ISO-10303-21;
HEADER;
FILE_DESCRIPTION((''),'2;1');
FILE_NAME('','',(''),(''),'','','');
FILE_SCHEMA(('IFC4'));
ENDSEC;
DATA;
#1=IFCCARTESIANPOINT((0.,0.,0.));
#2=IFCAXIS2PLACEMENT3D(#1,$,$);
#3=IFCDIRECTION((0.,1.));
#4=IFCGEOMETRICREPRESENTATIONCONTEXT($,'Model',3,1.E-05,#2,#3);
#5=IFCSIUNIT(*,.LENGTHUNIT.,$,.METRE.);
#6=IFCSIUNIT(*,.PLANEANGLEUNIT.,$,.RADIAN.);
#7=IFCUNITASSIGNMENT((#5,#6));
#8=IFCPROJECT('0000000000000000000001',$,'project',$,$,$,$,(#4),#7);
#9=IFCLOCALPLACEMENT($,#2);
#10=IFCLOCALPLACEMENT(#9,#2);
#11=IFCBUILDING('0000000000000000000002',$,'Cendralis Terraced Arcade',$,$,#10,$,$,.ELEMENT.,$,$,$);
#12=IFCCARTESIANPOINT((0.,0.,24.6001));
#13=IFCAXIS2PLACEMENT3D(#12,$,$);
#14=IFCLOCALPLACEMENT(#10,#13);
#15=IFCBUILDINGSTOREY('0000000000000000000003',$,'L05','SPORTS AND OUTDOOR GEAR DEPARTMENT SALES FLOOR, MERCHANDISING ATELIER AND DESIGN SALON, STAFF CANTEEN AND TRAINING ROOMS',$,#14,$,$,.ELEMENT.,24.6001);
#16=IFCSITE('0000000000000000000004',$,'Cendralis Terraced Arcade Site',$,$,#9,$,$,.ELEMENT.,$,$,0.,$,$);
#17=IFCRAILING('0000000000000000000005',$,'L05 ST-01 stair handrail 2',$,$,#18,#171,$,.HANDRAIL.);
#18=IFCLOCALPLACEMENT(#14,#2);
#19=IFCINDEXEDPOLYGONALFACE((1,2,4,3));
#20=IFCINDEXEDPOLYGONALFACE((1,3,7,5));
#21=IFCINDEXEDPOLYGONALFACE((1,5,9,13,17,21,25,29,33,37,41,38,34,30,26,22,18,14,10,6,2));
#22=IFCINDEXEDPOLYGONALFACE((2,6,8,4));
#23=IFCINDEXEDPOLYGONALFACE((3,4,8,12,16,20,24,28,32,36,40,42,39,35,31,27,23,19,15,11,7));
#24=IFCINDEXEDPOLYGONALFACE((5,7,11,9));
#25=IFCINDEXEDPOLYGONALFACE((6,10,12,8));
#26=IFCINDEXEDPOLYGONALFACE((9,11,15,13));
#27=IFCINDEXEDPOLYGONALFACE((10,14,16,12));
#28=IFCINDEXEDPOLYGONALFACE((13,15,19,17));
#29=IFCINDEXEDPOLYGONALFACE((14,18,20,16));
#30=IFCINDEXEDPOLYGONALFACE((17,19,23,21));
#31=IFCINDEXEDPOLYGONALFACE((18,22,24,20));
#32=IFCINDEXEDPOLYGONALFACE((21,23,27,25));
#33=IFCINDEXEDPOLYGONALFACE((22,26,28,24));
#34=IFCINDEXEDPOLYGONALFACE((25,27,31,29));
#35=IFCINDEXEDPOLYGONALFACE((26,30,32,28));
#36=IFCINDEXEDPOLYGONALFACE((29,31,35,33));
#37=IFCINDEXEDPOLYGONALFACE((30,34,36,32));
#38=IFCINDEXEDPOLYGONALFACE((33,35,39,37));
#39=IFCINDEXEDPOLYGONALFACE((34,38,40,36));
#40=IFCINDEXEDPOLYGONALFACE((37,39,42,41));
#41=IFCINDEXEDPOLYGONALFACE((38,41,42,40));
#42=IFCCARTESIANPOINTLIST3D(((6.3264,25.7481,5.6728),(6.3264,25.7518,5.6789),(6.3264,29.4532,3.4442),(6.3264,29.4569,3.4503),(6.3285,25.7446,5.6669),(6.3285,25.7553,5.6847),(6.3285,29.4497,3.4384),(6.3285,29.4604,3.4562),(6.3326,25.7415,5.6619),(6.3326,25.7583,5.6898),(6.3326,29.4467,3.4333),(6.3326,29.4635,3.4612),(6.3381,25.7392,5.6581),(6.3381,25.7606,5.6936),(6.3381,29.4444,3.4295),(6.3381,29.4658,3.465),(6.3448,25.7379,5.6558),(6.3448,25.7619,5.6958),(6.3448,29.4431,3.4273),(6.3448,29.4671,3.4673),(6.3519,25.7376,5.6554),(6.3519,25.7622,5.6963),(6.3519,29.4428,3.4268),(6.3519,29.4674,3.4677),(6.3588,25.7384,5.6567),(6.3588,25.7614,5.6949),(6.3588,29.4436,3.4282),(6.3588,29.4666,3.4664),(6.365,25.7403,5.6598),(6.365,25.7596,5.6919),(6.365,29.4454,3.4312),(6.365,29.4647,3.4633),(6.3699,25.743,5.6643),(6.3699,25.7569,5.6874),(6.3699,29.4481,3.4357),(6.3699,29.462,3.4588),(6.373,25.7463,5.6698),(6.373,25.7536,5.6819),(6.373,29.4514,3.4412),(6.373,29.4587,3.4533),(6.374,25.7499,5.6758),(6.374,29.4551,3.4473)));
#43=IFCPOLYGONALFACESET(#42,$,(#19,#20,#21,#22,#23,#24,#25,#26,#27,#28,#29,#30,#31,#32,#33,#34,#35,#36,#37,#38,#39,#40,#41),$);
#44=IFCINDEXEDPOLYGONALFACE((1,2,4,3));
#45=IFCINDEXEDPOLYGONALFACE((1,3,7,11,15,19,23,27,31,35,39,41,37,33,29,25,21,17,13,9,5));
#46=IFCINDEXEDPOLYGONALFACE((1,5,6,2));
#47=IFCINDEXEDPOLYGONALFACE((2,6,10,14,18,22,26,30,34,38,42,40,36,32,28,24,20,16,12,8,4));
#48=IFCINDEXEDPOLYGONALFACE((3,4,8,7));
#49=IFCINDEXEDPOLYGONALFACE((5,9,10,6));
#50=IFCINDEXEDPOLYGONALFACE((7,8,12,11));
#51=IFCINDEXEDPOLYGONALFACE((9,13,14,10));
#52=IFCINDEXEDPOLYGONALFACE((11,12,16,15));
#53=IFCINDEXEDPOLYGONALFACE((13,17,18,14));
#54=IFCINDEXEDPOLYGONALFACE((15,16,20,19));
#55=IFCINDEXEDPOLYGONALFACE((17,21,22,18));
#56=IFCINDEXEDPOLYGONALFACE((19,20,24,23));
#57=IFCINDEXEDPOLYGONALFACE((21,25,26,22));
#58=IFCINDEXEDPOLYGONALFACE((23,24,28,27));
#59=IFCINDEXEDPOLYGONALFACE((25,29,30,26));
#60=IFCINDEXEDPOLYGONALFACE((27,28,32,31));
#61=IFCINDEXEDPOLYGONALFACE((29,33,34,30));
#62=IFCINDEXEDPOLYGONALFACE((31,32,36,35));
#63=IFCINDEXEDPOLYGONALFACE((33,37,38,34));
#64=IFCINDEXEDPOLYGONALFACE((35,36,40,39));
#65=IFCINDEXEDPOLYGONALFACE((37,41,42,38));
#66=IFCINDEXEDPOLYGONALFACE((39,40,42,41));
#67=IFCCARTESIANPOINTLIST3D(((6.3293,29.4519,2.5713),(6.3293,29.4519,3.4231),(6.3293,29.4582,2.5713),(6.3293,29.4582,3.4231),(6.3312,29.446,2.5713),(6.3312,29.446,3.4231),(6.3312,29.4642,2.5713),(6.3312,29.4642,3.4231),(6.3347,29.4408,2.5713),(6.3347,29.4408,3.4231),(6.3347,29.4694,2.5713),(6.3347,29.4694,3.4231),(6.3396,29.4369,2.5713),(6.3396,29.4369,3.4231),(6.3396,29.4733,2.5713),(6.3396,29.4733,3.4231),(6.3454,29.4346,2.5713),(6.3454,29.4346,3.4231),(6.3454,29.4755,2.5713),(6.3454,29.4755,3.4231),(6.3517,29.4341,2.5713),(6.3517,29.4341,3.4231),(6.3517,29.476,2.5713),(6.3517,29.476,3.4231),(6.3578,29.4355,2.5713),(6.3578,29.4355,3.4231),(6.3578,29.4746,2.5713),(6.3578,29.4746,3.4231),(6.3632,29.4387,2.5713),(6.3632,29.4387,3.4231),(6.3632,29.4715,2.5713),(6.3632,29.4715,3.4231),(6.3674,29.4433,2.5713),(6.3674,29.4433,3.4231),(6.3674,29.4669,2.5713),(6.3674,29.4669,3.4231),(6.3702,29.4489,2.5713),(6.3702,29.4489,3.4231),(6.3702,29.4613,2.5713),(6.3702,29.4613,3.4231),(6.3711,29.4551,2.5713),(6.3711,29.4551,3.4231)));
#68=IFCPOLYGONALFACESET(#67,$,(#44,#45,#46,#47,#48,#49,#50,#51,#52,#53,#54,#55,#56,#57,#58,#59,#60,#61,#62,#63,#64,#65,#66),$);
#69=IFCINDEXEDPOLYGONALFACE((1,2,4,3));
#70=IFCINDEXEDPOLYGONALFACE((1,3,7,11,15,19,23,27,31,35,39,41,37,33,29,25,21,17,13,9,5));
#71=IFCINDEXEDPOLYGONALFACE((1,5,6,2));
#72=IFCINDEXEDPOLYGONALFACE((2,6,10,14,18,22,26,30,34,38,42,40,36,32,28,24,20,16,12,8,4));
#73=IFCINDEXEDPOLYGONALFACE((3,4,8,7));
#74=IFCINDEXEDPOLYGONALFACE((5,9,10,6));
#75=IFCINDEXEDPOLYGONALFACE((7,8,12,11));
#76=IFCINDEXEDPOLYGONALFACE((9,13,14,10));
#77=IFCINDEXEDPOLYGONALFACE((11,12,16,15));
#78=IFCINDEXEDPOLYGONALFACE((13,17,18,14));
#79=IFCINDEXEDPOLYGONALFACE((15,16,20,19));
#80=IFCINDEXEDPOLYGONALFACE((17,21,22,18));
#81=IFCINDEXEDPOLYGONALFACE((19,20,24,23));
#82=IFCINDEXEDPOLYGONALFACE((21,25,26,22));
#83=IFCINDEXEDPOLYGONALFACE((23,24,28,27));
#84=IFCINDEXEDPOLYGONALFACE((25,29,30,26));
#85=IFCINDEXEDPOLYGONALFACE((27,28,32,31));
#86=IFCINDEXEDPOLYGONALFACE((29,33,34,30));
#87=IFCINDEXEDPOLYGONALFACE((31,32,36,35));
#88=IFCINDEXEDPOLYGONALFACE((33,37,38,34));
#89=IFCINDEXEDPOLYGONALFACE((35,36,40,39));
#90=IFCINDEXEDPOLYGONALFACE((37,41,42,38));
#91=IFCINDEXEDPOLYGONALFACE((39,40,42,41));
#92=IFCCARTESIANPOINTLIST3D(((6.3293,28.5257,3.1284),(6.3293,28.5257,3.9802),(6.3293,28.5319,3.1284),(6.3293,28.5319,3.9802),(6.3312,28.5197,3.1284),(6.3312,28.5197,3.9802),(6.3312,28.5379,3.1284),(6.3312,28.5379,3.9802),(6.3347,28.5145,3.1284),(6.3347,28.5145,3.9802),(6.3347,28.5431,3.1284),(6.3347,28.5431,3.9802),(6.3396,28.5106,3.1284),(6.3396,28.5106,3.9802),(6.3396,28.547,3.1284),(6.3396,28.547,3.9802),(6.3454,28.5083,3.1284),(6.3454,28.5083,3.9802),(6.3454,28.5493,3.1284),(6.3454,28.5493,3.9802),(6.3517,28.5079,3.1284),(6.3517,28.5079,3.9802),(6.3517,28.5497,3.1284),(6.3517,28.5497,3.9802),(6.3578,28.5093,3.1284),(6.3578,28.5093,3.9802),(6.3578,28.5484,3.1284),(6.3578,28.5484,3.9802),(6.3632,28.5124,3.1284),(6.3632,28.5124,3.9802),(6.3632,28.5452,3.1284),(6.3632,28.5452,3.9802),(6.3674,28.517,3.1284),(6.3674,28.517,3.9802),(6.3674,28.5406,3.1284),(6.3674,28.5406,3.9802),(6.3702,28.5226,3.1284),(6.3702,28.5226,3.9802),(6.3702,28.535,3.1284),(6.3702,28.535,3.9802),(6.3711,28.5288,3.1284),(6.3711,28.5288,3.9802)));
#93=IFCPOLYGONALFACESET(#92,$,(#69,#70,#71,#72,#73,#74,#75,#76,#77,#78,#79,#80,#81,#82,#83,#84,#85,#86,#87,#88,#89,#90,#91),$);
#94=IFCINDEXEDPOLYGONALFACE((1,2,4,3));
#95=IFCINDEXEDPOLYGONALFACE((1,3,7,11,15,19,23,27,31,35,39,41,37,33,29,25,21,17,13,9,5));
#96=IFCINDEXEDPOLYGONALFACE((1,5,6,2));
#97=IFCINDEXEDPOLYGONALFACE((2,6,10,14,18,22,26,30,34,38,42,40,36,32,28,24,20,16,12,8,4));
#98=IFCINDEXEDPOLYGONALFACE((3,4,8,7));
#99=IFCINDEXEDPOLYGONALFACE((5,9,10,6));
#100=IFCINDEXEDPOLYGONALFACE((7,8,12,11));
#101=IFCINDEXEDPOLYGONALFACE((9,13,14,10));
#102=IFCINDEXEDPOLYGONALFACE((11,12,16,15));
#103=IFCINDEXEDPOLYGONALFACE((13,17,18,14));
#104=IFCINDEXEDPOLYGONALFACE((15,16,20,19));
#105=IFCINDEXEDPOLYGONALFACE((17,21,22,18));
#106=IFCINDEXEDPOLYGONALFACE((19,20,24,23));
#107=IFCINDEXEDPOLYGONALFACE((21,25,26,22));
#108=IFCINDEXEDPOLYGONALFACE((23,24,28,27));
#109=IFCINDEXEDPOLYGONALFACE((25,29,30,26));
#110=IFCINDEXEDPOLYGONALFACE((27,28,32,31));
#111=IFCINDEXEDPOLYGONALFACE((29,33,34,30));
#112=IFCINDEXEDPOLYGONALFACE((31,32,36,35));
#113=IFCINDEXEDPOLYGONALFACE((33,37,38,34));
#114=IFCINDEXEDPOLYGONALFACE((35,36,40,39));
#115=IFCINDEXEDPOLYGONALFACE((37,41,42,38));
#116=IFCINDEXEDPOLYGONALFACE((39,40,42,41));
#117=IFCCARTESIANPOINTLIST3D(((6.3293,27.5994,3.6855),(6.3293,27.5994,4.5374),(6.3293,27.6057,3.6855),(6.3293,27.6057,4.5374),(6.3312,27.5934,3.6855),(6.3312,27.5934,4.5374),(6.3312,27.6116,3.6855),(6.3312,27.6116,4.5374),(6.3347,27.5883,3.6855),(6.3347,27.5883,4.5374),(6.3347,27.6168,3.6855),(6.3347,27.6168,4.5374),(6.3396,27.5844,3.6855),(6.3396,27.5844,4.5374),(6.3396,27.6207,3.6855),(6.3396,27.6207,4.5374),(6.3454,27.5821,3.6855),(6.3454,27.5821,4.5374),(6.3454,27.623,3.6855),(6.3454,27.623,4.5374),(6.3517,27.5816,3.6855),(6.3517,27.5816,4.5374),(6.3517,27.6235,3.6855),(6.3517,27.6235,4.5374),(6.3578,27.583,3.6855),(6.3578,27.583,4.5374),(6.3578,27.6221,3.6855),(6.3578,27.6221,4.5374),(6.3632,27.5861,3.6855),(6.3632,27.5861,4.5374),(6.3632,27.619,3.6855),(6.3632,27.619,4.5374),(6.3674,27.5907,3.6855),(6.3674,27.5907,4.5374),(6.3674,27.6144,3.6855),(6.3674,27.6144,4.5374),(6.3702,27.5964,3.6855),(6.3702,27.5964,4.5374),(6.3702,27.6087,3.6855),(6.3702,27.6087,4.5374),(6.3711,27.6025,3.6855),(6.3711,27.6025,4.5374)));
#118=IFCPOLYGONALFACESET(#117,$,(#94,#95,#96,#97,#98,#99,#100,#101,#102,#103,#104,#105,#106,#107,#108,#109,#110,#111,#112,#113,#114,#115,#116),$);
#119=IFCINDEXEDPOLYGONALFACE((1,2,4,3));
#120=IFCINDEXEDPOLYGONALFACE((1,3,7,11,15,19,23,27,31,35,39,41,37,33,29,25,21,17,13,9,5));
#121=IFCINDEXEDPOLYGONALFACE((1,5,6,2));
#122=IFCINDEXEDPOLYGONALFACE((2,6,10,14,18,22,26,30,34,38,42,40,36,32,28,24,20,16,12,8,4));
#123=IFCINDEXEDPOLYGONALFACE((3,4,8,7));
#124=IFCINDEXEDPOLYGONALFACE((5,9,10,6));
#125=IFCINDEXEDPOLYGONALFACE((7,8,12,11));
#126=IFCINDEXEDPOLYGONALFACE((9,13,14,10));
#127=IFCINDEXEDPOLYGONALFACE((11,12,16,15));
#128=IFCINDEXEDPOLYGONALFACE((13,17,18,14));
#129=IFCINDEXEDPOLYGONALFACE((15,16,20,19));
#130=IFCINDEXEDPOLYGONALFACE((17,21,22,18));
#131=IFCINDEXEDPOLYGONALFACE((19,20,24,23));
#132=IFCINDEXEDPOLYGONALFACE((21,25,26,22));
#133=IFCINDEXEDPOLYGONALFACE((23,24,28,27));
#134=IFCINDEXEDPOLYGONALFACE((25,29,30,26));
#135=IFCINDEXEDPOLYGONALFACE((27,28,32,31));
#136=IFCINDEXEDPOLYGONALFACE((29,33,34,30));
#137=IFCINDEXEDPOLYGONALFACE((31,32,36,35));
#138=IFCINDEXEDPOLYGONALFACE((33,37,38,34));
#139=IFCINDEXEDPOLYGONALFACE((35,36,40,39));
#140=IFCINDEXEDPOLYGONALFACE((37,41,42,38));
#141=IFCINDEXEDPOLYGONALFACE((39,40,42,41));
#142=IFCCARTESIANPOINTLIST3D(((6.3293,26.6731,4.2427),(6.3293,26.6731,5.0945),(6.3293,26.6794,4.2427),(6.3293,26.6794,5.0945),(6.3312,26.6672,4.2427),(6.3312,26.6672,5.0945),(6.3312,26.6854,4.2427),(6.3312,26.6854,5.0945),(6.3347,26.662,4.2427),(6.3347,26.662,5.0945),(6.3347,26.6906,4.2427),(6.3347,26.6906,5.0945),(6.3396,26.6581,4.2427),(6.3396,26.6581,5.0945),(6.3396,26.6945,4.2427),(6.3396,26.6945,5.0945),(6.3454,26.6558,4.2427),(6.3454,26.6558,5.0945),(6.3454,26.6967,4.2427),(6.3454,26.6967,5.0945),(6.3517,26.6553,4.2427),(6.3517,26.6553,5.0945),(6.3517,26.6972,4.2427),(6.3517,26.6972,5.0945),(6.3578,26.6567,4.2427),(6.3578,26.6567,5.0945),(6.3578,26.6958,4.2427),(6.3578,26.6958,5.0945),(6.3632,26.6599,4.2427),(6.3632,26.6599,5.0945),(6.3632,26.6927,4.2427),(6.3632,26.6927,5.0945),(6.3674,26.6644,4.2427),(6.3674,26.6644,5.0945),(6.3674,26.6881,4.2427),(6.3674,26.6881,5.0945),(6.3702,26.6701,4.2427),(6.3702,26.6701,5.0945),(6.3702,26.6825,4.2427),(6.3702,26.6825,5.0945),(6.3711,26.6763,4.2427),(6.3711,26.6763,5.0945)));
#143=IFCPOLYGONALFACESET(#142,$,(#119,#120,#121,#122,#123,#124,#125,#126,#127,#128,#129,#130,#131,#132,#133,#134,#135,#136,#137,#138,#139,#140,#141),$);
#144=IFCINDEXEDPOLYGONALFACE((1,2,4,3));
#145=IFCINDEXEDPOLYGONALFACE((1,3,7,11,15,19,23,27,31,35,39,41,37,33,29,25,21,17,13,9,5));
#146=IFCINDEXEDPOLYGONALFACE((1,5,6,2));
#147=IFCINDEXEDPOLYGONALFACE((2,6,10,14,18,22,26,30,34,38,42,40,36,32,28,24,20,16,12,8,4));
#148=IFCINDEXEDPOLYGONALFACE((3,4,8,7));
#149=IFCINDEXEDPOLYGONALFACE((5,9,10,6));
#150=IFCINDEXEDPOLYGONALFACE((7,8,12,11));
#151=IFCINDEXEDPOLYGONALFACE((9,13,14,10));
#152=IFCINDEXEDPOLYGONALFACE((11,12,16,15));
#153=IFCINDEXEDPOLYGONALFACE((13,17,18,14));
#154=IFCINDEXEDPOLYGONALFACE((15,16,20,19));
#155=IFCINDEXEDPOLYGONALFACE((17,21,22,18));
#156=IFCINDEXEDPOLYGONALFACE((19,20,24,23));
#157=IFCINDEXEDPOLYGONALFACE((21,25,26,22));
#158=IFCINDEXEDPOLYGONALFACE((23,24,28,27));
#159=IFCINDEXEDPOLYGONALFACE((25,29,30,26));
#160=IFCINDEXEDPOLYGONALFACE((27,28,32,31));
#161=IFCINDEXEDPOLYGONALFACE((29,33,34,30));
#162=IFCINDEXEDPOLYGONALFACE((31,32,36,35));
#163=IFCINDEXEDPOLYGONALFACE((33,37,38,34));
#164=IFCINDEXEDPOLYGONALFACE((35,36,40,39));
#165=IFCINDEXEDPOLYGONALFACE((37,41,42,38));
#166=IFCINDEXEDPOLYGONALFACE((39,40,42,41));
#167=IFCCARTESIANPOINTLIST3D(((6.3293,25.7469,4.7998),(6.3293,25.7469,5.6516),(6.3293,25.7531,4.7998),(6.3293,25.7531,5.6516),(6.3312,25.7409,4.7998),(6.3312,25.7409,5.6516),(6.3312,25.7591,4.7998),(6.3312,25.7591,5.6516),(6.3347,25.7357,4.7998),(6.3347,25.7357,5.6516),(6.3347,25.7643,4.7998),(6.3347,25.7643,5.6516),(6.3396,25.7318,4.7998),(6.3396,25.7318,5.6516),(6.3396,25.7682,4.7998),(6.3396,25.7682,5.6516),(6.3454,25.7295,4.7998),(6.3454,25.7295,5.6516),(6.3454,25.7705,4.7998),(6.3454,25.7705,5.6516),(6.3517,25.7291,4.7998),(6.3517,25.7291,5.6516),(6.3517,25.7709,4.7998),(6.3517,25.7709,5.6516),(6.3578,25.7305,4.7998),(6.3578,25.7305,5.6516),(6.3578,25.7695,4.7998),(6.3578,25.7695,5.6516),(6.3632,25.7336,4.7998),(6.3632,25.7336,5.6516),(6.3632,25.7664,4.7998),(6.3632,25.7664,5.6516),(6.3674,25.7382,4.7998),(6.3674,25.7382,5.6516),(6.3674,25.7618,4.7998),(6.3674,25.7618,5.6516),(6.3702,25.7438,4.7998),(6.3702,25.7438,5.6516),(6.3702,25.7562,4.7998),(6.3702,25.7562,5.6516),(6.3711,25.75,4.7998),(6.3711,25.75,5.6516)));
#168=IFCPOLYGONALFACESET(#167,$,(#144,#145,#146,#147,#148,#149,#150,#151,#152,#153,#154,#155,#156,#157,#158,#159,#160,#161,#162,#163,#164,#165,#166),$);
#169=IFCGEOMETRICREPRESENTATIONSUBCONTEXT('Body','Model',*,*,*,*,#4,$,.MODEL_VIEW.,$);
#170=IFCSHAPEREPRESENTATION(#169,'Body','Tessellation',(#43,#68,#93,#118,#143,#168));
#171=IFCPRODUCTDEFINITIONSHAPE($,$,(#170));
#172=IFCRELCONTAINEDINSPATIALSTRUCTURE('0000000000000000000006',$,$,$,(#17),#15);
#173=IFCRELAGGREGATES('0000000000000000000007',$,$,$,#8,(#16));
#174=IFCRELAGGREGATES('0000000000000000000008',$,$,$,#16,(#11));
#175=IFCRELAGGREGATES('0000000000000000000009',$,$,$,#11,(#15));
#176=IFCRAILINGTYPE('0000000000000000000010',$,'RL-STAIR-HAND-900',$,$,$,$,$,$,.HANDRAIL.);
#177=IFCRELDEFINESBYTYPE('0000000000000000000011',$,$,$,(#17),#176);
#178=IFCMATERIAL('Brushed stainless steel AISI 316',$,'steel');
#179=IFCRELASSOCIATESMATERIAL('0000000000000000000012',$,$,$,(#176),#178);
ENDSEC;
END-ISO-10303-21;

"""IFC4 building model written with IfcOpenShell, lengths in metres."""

from ifc_helpers import new_model, si_unit, direction, frame, origin, origin_2d, place, context, subcontext, project, spatial, circle, extrude, material, type_object, element, save


model = new_model("IFC4")

# Units and contexts
model_context = context("Model", 3, precision=1e-05, world=origin(), true_north=direction((0.0, 1.0)))
body_context = subcontext(model_context, "Body", "Model", "MODEL_VIEW")
ifc_project = project(units=[si_unit("LENGTHUNIT", "METRE"), si_unit("PLANEANGLEUNIT", "RADIAN")], contexts=[model_context])

# Site, building, storey
site_placement = place(None, origin())
site = spatial("IfcSite", under=ifc_project, at=site_placement, Name="Cendralis Terraced Arcade Site", CompositionType="ELEMENT", RefElevation=0.0)
building_placement = place(site_placement, origin())
building = spatial("IfcBuilding", under=site, at=building_placement, Name="Cendralis Terraced Arcade", CompositionType="ELEMENT")
storey_placement = place(building_placement, frame((0.0, 0.0, 24.6001)))
storey = spatial("IfcBuildingStorey", under=building, at=storey_placement, Name="L05", Description="SPORTS AND OUTDOOR GEAR DEPARTMENT SALES FLOOR, MERCHANDISING ATELIER AND DESIGN SALON, STAFF CANTEEN AND TRAINING ROOMS", CompositionType="ELEMENT", Elevation=24.6001)

# Railing
ifc_material_1 = material(Name="Brushed stainless steel AISI 316", Category="steel")
railing_type_1 = type_object("IfcRailingType", Name="RL-STAIR-HAND-900", PredefinedType="HANDRAIL", material=ifc_material_1)
railing_1_placement = place(storey_placement, frame((6.3501, 29.4551, 2.5713)))
element("IfcRailing", 1, at=railing_1_placement, inside=storey, type_object=railing_type_1, Name="L05 ST-01 stair handrail 2", PredefinedType="HANDRAIL", context=body_context, shape_type="SweptSolid", body=[
    extrude(circle(Radius=0.0239, at=origin_2d()), frame((0.0, 0.0, 0.876), z_axis=(0.0, -0.856934, 0.515425), x_axis=(1.0, 0.0, 0.0)), (0.0, 0.0, 1.0), 4.3237),
    extrude(circle(Radius=0.021, at=origin_2d()), origin(), (0.0, 0.0, 1.0), 0.8518),
    extrude(circle(Radius=0.021, at=origin_2d()), frame((0.0, -0.9263, 0.5571)), (0.0, 0.0, 1.0), 0.8518),
    extrude(circle(Radius=0.021, at=origin_2d()), frame((0.0, -1.8525, 1.1143)), (0.0, 0.0, 1.0), 0.8518),
    extrude(circle(Radius=0.021, at=origin_2d()), frame((0.0, -2.7788, 1.6714)), (0.0, 0.0, 1.0), 0.8518),
    extrude(circle(Radius=0.021, at=origin_2d()), frame((0.0, -3.7051, 2.2285)), (0.0, 0.0, 1.0), 0.8518),
])

save(model, "model.ifc")
